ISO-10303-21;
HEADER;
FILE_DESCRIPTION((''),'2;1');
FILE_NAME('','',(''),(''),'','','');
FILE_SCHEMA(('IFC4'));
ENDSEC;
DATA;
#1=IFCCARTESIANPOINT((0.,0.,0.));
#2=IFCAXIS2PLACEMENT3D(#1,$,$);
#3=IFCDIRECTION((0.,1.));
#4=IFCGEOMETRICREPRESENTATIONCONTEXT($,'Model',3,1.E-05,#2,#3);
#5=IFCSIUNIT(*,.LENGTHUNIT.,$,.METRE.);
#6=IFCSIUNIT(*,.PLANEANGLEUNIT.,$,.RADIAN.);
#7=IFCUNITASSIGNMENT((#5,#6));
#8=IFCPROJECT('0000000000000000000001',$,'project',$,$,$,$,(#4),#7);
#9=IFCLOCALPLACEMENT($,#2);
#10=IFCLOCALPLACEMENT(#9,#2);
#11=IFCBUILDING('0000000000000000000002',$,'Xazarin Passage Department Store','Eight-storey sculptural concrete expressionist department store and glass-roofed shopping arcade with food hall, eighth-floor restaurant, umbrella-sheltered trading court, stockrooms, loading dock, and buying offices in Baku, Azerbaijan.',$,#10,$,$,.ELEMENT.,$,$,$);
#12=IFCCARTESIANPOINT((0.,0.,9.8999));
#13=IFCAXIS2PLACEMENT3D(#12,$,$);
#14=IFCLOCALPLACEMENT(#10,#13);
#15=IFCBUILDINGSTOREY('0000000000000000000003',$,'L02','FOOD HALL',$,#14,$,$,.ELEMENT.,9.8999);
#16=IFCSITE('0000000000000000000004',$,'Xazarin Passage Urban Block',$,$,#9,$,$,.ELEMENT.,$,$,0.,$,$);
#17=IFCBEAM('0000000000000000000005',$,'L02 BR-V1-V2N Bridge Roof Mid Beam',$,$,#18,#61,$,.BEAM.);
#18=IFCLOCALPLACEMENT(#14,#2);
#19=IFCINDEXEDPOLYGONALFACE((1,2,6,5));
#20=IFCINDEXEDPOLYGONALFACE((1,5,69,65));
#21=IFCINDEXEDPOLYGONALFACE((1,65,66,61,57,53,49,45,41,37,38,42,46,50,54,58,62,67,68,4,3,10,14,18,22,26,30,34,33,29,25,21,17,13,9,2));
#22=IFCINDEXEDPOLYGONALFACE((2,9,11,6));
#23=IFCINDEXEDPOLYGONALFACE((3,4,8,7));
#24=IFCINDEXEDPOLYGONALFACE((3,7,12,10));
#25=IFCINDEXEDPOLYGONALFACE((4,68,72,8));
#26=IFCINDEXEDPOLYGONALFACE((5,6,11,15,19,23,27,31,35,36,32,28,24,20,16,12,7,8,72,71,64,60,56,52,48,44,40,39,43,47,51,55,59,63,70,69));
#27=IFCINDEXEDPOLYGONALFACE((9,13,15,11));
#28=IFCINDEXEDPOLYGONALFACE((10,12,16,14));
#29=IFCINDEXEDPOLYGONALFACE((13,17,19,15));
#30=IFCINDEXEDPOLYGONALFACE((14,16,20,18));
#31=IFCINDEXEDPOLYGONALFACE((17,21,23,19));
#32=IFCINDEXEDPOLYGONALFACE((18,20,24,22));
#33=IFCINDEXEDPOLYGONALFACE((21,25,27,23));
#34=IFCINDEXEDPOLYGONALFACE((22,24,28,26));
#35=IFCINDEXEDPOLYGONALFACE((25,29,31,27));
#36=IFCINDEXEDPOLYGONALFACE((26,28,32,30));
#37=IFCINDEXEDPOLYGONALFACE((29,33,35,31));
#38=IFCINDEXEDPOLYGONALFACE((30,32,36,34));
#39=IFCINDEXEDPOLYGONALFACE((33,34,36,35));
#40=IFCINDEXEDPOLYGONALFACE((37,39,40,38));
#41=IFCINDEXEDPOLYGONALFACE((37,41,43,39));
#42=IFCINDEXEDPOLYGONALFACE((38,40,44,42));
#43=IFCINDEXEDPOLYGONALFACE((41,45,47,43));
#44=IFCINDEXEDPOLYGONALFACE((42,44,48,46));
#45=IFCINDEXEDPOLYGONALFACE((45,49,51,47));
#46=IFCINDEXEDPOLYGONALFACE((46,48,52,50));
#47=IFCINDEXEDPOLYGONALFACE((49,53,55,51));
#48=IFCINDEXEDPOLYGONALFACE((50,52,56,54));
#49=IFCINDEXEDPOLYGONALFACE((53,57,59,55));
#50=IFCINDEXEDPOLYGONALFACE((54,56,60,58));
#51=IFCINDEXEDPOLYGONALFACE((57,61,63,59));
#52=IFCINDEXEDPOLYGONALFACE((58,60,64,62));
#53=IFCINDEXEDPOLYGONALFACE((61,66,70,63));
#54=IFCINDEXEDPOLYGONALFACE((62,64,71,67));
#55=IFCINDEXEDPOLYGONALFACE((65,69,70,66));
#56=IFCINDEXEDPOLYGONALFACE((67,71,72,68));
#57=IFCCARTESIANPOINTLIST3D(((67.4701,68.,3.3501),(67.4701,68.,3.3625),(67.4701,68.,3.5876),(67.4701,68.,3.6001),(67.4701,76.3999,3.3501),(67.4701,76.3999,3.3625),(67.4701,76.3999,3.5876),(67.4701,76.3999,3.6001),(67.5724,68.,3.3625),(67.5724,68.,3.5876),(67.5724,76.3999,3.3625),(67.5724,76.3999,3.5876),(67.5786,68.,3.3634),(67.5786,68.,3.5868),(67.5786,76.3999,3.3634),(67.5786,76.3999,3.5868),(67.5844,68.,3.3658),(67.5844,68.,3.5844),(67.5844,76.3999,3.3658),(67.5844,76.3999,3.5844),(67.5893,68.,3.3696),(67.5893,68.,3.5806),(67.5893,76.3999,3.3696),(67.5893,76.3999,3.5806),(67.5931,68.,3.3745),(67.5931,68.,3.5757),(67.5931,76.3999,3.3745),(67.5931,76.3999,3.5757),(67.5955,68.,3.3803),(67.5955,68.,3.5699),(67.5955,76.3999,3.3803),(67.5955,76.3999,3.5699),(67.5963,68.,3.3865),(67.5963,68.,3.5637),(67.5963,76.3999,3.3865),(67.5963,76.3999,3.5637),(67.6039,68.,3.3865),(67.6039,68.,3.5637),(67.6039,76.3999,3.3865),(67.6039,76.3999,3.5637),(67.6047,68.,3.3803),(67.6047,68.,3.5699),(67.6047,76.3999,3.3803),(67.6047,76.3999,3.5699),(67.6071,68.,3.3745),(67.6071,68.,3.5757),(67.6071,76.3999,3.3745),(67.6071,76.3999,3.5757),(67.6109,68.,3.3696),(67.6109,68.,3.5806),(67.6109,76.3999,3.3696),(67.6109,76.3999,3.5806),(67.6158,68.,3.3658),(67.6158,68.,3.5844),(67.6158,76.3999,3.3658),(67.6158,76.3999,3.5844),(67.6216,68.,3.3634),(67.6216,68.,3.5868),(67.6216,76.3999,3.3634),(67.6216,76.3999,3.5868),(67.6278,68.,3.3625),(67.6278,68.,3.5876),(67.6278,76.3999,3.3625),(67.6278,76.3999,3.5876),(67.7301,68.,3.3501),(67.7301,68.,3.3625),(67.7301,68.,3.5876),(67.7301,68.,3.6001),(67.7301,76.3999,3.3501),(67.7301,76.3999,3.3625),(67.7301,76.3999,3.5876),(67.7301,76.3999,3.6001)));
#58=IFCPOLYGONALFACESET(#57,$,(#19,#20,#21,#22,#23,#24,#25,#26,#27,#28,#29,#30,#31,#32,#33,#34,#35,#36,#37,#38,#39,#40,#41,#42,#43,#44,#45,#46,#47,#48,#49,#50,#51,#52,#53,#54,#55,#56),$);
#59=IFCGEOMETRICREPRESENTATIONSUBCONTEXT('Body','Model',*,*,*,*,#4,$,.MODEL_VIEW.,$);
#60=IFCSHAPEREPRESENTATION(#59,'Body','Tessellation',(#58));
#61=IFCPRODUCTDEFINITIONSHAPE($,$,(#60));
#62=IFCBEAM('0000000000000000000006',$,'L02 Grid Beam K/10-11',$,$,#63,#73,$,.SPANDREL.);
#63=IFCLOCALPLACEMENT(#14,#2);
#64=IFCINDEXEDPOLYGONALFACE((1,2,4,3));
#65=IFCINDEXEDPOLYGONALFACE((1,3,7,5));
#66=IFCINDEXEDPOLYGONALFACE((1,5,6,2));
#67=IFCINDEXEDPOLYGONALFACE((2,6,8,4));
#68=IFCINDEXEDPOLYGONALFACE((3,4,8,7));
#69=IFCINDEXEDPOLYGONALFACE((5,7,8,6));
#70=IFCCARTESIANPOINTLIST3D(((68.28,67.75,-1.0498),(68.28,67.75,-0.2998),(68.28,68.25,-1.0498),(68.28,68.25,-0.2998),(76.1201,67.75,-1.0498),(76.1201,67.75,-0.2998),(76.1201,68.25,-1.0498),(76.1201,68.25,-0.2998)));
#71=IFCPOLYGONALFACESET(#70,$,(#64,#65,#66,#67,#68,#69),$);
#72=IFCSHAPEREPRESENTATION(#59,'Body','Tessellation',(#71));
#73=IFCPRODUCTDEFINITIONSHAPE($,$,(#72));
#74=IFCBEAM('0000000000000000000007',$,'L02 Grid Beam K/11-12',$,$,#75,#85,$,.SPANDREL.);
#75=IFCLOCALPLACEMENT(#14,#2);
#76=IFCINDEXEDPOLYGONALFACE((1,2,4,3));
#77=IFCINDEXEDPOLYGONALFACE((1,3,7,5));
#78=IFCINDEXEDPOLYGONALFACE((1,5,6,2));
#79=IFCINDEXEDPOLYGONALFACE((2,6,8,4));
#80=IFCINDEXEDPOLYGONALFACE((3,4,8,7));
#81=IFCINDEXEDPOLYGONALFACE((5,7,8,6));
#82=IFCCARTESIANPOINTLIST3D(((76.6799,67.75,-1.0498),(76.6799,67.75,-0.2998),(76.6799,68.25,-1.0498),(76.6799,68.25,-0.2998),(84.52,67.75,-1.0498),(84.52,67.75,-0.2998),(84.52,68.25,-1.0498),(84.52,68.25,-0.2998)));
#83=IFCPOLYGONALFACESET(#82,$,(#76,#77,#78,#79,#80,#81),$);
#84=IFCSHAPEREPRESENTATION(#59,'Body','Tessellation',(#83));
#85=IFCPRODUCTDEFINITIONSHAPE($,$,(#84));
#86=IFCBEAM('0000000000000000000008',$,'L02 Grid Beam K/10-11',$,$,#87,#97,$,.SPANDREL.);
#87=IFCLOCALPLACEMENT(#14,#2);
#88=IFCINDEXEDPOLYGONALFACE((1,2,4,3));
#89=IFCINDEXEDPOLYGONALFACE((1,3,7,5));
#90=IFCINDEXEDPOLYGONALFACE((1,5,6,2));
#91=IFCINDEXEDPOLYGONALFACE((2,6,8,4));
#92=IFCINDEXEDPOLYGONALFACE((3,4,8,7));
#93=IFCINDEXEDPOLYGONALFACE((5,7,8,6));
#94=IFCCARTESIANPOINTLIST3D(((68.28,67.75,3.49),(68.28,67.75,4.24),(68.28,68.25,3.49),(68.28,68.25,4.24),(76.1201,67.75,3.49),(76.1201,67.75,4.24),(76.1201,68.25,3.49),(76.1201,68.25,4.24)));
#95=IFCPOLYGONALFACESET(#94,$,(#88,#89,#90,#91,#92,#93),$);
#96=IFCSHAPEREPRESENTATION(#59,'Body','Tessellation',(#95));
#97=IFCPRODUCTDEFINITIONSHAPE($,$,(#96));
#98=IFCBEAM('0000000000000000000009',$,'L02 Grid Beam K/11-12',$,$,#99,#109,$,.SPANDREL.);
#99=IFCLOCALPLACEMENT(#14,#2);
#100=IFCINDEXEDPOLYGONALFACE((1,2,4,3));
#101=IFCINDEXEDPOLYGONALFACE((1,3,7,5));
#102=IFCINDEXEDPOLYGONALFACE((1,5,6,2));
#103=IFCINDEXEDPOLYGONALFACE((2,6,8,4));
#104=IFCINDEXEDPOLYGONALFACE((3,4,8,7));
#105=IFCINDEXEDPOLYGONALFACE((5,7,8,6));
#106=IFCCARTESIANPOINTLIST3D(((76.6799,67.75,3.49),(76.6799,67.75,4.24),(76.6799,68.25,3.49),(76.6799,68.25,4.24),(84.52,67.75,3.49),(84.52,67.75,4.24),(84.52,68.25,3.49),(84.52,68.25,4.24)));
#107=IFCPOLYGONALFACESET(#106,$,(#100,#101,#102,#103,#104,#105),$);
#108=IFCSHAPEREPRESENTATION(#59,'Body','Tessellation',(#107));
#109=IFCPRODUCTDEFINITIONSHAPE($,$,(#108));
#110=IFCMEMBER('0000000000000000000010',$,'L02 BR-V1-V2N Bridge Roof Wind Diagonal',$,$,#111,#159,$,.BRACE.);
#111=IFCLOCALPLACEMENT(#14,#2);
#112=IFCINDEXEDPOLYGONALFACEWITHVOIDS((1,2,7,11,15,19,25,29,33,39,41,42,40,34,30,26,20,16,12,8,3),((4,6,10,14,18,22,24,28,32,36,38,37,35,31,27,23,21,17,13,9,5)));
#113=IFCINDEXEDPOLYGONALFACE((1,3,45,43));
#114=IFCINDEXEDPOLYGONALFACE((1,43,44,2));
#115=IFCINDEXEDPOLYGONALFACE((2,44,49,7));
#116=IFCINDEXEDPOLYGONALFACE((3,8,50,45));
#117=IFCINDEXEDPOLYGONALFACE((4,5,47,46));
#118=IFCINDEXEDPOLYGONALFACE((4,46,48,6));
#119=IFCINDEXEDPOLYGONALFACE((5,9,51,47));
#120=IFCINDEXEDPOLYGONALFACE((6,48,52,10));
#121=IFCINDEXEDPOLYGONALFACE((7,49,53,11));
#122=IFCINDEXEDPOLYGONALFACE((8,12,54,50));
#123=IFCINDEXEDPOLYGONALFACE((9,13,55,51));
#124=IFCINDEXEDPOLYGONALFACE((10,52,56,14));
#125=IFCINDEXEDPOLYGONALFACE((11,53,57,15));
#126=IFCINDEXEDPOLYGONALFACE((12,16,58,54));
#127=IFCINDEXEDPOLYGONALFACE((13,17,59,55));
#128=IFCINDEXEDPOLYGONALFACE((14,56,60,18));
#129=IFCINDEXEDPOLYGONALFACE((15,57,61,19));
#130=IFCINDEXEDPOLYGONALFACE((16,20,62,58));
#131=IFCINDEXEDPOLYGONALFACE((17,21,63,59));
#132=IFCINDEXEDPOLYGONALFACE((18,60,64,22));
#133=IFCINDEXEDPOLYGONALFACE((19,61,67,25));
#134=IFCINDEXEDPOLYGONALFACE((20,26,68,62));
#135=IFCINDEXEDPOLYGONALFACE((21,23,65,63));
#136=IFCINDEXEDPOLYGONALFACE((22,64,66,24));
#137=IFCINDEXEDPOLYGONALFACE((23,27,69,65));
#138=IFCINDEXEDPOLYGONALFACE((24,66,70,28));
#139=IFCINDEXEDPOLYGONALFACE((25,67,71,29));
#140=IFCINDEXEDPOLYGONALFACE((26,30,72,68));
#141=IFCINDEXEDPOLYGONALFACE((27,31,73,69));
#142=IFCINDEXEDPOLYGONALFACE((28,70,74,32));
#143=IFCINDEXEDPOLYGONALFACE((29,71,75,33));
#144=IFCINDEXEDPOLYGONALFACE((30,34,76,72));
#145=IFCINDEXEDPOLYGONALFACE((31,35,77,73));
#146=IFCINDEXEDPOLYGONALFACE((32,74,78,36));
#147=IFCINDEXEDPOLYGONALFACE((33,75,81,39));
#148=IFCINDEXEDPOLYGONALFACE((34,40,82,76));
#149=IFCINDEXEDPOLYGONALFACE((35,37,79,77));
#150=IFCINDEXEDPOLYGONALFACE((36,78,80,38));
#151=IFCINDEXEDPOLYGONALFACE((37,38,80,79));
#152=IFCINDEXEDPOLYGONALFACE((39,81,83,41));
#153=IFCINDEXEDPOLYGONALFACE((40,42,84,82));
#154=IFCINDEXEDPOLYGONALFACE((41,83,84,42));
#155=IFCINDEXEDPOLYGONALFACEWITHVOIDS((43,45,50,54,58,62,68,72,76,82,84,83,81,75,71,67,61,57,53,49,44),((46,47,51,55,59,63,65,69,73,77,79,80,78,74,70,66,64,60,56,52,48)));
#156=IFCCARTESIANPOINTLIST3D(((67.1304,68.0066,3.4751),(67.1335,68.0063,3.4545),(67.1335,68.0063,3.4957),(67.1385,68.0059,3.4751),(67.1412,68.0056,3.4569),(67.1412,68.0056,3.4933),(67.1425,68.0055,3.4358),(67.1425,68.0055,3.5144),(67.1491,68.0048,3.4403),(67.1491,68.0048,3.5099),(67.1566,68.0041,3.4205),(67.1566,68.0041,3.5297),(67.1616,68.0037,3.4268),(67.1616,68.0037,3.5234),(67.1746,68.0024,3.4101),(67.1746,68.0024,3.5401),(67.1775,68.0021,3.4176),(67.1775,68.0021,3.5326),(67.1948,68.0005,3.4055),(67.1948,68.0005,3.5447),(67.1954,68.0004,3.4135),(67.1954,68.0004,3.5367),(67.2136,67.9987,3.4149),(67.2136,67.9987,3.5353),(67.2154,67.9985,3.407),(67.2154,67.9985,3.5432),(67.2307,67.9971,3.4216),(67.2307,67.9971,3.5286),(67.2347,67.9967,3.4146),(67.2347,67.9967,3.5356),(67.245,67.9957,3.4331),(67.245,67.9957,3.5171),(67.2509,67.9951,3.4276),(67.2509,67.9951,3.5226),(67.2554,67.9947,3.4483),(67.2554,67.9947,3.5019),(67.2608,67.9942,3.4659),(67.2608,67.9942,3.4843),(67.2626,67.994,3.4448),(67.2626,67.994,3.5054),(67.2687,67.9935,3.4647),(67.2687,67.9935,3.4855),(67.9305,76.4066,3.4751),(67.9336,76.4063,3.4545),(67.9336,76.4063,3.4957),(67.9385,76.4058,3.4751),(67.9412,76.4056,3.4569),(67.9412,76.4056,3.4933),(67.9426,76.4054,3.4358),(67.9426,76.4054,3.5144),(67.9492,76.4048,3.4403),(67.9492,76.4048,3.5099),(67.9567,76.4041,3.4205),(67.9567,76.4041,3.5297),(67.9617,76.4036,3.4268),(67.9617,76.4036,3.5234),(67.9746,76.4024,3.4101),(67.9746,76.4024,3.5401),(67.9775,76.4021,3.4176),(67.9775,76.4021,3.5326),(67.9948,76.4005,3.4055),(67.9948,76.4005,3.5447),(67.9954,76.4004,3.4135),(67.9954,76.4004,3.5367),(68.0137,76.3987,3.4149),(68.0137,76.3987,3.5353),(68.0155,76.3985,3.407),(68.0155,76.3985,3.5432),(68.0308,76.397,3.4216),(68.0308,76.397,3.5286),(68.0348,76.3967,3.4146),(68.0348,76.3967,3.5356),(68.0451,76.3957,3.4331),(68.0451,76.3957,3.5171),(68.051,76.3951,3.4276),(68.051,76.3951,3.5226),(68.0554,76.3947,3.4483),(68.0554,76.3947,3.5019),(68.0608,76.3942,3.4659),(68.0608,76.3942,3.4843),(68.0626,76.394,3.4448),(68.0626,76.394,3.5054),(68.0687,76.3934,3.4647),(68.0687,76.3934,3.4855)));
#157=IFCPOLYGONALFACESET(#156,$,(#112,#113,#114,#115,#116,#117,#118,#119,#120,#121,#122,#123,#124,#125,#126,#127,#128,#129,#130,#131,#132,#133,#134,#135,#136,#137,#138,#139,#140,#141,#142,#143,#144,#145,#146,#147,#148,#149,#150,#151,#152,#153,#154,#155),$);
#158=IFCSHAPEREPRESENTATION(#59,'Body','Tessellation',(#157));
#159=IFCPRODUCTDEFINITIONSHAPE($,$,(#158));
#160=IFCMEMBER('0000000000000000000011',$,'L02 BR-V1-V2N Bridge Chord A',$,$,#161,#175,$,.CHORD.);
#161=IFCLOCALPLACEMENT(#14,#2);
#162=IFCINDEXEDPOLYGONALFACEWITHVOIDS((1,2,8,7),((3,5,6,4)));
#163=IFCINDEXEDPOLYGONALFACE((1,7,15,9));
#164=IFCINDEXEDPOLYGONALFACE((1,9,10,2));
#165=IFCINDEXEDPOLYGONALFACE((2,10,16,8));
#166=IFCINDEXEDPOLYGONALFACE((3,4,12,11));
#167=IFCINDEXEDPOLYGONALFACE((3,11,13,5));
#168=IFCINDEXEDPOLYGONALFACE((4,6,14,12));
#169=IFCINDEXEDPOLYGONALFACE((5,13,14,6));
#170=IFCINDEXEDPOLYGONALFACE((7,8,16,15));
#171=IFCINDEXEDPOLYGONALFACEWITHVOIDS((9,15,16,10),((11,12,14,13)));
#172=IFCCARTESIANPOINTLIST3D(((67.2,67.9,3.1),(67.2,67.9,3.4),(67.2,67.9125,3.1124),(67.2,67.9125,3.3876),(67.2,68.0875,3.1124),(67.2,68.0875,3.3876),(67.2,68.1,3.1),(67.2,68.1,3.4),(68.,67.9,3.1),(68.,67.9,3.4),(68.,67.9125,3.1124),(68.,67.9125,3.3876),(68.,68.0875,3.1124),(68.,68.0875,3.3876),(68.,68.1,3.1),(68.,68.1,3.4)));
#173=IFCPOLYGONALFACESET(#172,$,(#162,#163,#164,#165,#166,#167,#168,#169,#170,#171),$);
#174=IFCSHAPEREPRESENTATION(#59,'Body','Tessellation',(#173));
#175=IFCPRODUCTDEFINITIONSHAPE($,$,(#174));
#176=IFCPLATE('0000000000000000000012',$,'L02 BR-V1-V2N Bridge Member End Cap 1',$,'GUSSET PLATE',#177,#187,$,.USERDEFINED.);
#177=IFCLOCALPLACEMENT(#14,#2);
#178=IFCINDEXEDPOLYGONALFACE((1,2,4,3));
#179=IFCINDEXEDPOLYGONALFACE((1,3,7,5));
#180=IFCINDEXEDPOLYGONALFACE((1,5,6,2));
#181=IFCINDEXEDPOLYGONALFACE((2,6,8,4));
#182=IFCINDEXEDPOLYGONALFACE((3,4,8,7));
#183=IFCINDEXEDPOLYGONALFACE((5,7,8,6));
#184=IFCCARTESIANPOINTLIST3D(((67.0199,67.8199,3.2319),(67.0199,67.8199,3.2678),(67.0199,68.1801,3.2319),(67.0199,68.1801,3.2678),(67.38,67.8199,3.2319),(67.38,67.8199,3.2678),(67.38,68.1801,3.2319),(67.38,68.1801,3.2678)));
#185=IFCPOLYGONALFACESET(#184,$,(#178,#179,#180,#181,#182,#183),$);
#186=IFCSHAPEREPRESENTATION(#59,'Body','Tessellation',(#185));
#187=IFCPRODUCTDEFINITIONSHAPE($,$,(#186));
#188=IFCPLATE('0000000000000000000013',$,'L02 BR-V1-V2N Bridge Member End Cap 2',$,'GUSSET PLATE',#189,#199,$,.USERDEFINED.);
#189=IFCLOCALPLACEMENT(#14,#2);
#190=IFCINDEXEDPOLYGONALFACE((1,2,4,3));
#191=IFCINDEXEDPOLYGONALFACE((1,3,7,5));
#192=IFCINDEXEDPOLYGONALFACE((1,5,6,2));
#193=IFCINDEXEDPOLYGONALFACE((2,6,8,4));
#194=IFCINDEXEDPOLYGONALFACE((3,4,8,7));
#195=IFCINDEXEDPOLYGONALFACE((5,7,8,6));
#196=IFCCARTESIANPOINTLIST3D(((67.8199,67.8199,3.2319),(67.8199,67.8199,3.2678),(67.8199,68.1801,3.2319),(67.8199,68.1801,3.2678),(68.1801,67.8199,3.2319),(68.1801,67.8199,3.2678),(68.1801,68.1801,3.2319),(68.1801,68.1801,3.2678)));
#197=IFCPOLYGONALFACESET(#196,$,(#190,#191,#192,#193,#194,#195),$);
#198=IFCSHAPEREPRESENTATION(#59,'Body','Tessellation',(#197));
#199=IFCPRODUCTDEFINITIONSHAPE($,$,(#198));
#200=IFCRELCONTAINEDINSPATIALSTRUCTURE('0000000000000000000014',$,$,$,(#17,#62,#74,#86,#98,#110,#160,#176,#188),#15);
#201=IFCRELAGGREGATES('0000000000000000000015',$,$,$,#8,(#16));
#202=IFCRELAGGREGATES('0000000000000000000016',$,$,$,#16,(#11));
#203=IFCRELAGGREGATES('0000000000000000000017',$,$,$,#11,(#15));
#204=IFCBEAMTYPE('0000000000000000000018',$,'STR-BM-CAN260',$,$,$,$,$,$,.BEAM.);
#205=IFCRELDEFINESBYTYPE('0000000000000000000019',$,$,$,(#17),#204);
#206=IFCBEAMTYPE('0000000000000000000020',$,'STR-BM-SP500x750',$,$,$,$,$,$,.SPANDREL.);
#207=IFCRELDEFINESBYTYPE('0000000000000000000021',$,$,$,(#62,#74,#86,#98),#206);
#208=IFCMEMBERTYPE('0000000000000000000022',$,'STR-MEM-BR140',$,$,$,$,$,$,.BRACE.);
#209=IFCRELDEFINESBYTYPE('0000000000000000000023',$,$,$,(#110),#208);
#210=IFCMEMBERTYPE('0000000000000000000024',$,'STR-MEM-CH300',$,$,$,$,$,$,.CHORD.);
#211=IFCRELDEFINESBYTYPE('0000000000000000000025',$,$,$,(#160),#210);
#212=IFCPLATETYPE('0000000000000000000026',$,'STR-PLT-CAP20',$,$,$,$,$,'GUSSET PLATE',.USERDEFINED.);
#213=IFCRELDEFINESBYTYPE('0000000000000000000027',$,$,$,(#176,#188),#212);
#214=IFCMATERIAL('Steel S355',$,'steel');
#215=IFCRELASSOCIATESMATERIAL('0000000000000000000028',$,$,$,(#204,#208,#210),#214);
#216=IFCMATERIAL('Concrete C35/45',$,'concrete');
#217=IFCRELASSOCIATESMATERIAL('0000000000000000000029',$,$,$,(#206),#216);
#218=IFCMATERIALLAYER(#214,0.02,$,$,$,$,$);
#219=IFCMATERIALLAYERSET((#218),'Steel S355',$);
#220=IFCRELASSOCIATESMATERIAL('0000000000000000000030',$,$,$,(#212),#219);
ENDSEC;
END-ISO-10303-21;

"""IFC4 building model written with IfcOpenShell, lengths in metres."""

from ifc_helpers import new_model, si_unit, direction, frame, origin, origin_2d, place, context, subcontext, project, spatial, rectangle, hollow_rectangle, hollow_circle, i_section, extrude, material, layer, layer_set, material_profile, profile_set, type_object, element, save


model = new_model("IFC4")

# Units and contexts
model_context = context("Model", 3, precision=1e-05, world=origin(), true_north=direction((0.0, 1.0)))
body_context = subcontext(model_context, "Body", "Model", "MODEL_VIEW")
ifc_project = project(units=[si_unit("LENGTHUNIT", "METRE"), si_unit("PLANEANGLEUNIT", "RADIAN")], contexts=[model_context])

# Site, building, storey
site_placement = place(None, origin())
site = spatial("IfcSite", under=ifc_project, at=site_placement, Name="Xazarin Passage Urban Block", CompositionType="ELEMENT", RefElevation=0.0)
building_placement = place(site_placement, origin())
building = spatial("IfcBuilding", under=site, at=building_placement, Name="Xazarin Passage Department Store", Description="Eight-storey sculptural concrete expressionist department store and glass-roofed shopping arcade with food hall, eighth-floor restaurant, umbrella-sheltered trading court, stockrooms, loading dock, and buying offices in Baku, Azerbaijan.", CompositionType="ELEMENT")
storey_placement = place(building_placement, frame((0.0, 0.0, 9.8999)))
storey = spatial("IfcBuildingStorey", under=building, at=storey_placement, Name="L02", Description="FOOD HALL", CompositionType="ELEMENT", Elevation=9.8999)

# Beams
ifc_material_1 = material(Name="Steel S355", Category="steel")
ifc_material_profile_1 = material_profile(ifc_material_1, i_section(OverallWidth=0.26, OverallDepth=0.25, WebThickness=0.0076, FlangeThickness=0.0125, FilletRadius=0.0239, at=origin_2d()), Name="HEA 260")
ifc_profile_set_1 = profile_set([ifc_material_profile_1], Name="Steel S355")
beam_type_1 = type_object("IfcBeamType", Name="STR-BM-CAN260", PredefinedType="BEAM", material=ifc_profile_set_1)
beam_1_placement = place(storey_placement, frame((67.6001, 68.0, 3.4751), z_axis=(0.0, 1.0, 0.0), x_axis=(-1.0, 0.0, 0.0)))
element("IfcBeam", 1, at=beam_1_placement, inside=storey, type_object=beam_type_1, Name="L02 BR-V1-V2N Bridge Roof Mid Beam", PredefinedType="BEAM", context=body_context, shape_type="SweptSolid", body=[
    extrude(i_section(OverallWidth=0.26, OverallDepth=0.25, WebThickness=0.0076, FlangeThickness=0.0125, FilletRadius=0.0239, at=origin_2d()), origin(), (0.0, 0.0, 1.0), 8.3999),
])
ifc_material_2 = material(Name="Concrete C35/45", Category="concrete")
ifc_material_profile_2 = material_profile(ifc_material_2, rectangle(XDim=0.5, YDim=0.75, at=origin_2d()), Name="RC 500x750")
ifc_profile_set_2 = profile_set([ifc_material_profile_2], Name="Concrete C35/45")
beam_type_2 = type_object("IfcBeamType", Name="STR-BM-SP500x750", PredefinedType="SPANDREL", material=ifc_profile_set_2)
for number, where, z_axis, x_axis, name in (
    (2, (68.28, 68.0, -0.6748), (1.0, 0.0, 0.0), (0.0, 1.0, 0.0), "L02 Grid Beam K/10-11"),
    (3, (76.6799, 68.0, -0.6748), (1.0, 0.0, 0.0), (0.0, 1.0, 0.0), "L02 Grid Beam K/11-12"),
    (4, (68.28, 68.0, 3.865), (1.0, 0.0, 0.0), (0.0, 1.0, 0.0), "L02 Grid Beam K/10-11"),
    (5, (76.6799, 68.0, 3.865), (1.0, 0.0, 0.0), (0.0, 1.0, 0.0), "L02 Grid Beam K/11-12"),
):
    element("IfcBeam", number, at=place(storey_placement, frame(where, z_axis=z_axis, x_axis=x_axis)), inside=storey, type_object=beam_type_2, Name=name, PredefinedType="SPANDREL", context=body_context, shape_type="SweptSolid", body=[
        extrude(rectangle(XDim=0.5, YDim=0.75, at=origin_2d()), origin(), (0.0, 0.0, 1.0), 7.8401),
    ])

# Members
ifc_material_profile_3 = material_profile(ifc_material_1, hollow_circle(Radius=0.0698, WallThickness=0.0081, at=origin_2d()), Name="CHS 139.7x8")
ifc_profile_set_3 = profile_set([ifc_material_profile_3], Name="Steel S355")
member_type_1 = type_object("IfcMemberType", Name="STR-MEM-BR140", PredefinedType="BRACE", material=ifc_profile_set_3)
member_1_placement = place(storey_placement, frame((67.2, 68.0, 3.4751), z_axis=(0.094816, 0.995495, 0.0), x_axis=(-0.995495, 0.094816, 0.0)))
element("IfcMember", 6, at=member_1_placement, inside=storey, type_object=member_type_1, Name="L02 BR-V1-V2N Bridge Roof Wind Diagonal", PredefinedType="BRACE", context=body_context, shape_type="SweptSolid", body=[
    extrude(hollow_circle(Radius=0.0698, WallThickness=0.0081, at=origin_2d()), origin(), (0.0, 0.0, 1.0), 8.438),
])
ifc_material_profile_4 = material_profile(ifc_material_1, hollow_rectangle(XDim=0.2, YDim=0.3, WallThickness=0.0125, at=origin_2d()), Name="RHS 300x200x12.5")
ifc_profile_set_4 = profile_set([ifc_material_profile_4], Name="Steel S355")
member_type_2 = type_object("IfcMemberType", Name="STR-MEM-CH300", PredefinedType="CHORD", material=ifc_profile_set_4)
member_2_placement = place(storey_placement, frame((67.2, 68.0, 3.25), z_axis=(1.0, 0.0, 0.0), x_axis=(0.0, 1.0, 0.0)))
element("IfcMember", 7, at=member_2_placement, inside=storey, type_object=member_type_2, Name="L02 BR-V1-V2N Bridge Chord A", PredefinedType="CHORD", context=body_context, shape_type="SweptSolid", body=[
    extrude(hollow_rectangle(XDim=0.2, YDim=0.3, WallThickness=0.0125, at=origin_2d()), origin(), (0.0, 0.0, 1.0), 0.8),
])

# Plates
ifc_layer_1 = layer(ifc_material_1, 0.02)
ifc_layer_set_1 = layer_set([ifc_layer_1], Name="Steel S355")
plate_type = type_object("IfcPlateType", Name="STR-PLT-CAP20", ElementType="GUSSET PLATE", PredefinedType="USERDEFINED", material=ifc_layer_set_1)
for number, where, z_axis, x_axis, name in (
    (8, (67.2, 68.0, 3.2319), (0.0, 0.0, 1.0), (1.0, 0.0, 0.0), "L02 BR-V1-V2N Bridge Member End Cap 1"),
    (9, (68.0, 68.0, 3.2319), (0.0, 0.0, 1.0), (1.0, 0.0, 0.0), "L02 BR-V1-V2N Bridge Member End Cap 2"),
):
    element("IfcPlate", number, at=place(storey_placement, frame(where, z_axis=z_axis, x_axis=x_axis)), inside=storey, type_object=plate_type, Name=name, ObjectType="GUSSET PLATE", PredefinedType="USERDEFINED", context=body_context, shape_type="SweptSolid", body=[
        extrude(rectangle(XDim=0.3601, YDim=0.3601, at=origin_2d()), origin(), (0.0, 0.0, 1.0), 0.0359),
    ])

save(model, "model.ifc")
